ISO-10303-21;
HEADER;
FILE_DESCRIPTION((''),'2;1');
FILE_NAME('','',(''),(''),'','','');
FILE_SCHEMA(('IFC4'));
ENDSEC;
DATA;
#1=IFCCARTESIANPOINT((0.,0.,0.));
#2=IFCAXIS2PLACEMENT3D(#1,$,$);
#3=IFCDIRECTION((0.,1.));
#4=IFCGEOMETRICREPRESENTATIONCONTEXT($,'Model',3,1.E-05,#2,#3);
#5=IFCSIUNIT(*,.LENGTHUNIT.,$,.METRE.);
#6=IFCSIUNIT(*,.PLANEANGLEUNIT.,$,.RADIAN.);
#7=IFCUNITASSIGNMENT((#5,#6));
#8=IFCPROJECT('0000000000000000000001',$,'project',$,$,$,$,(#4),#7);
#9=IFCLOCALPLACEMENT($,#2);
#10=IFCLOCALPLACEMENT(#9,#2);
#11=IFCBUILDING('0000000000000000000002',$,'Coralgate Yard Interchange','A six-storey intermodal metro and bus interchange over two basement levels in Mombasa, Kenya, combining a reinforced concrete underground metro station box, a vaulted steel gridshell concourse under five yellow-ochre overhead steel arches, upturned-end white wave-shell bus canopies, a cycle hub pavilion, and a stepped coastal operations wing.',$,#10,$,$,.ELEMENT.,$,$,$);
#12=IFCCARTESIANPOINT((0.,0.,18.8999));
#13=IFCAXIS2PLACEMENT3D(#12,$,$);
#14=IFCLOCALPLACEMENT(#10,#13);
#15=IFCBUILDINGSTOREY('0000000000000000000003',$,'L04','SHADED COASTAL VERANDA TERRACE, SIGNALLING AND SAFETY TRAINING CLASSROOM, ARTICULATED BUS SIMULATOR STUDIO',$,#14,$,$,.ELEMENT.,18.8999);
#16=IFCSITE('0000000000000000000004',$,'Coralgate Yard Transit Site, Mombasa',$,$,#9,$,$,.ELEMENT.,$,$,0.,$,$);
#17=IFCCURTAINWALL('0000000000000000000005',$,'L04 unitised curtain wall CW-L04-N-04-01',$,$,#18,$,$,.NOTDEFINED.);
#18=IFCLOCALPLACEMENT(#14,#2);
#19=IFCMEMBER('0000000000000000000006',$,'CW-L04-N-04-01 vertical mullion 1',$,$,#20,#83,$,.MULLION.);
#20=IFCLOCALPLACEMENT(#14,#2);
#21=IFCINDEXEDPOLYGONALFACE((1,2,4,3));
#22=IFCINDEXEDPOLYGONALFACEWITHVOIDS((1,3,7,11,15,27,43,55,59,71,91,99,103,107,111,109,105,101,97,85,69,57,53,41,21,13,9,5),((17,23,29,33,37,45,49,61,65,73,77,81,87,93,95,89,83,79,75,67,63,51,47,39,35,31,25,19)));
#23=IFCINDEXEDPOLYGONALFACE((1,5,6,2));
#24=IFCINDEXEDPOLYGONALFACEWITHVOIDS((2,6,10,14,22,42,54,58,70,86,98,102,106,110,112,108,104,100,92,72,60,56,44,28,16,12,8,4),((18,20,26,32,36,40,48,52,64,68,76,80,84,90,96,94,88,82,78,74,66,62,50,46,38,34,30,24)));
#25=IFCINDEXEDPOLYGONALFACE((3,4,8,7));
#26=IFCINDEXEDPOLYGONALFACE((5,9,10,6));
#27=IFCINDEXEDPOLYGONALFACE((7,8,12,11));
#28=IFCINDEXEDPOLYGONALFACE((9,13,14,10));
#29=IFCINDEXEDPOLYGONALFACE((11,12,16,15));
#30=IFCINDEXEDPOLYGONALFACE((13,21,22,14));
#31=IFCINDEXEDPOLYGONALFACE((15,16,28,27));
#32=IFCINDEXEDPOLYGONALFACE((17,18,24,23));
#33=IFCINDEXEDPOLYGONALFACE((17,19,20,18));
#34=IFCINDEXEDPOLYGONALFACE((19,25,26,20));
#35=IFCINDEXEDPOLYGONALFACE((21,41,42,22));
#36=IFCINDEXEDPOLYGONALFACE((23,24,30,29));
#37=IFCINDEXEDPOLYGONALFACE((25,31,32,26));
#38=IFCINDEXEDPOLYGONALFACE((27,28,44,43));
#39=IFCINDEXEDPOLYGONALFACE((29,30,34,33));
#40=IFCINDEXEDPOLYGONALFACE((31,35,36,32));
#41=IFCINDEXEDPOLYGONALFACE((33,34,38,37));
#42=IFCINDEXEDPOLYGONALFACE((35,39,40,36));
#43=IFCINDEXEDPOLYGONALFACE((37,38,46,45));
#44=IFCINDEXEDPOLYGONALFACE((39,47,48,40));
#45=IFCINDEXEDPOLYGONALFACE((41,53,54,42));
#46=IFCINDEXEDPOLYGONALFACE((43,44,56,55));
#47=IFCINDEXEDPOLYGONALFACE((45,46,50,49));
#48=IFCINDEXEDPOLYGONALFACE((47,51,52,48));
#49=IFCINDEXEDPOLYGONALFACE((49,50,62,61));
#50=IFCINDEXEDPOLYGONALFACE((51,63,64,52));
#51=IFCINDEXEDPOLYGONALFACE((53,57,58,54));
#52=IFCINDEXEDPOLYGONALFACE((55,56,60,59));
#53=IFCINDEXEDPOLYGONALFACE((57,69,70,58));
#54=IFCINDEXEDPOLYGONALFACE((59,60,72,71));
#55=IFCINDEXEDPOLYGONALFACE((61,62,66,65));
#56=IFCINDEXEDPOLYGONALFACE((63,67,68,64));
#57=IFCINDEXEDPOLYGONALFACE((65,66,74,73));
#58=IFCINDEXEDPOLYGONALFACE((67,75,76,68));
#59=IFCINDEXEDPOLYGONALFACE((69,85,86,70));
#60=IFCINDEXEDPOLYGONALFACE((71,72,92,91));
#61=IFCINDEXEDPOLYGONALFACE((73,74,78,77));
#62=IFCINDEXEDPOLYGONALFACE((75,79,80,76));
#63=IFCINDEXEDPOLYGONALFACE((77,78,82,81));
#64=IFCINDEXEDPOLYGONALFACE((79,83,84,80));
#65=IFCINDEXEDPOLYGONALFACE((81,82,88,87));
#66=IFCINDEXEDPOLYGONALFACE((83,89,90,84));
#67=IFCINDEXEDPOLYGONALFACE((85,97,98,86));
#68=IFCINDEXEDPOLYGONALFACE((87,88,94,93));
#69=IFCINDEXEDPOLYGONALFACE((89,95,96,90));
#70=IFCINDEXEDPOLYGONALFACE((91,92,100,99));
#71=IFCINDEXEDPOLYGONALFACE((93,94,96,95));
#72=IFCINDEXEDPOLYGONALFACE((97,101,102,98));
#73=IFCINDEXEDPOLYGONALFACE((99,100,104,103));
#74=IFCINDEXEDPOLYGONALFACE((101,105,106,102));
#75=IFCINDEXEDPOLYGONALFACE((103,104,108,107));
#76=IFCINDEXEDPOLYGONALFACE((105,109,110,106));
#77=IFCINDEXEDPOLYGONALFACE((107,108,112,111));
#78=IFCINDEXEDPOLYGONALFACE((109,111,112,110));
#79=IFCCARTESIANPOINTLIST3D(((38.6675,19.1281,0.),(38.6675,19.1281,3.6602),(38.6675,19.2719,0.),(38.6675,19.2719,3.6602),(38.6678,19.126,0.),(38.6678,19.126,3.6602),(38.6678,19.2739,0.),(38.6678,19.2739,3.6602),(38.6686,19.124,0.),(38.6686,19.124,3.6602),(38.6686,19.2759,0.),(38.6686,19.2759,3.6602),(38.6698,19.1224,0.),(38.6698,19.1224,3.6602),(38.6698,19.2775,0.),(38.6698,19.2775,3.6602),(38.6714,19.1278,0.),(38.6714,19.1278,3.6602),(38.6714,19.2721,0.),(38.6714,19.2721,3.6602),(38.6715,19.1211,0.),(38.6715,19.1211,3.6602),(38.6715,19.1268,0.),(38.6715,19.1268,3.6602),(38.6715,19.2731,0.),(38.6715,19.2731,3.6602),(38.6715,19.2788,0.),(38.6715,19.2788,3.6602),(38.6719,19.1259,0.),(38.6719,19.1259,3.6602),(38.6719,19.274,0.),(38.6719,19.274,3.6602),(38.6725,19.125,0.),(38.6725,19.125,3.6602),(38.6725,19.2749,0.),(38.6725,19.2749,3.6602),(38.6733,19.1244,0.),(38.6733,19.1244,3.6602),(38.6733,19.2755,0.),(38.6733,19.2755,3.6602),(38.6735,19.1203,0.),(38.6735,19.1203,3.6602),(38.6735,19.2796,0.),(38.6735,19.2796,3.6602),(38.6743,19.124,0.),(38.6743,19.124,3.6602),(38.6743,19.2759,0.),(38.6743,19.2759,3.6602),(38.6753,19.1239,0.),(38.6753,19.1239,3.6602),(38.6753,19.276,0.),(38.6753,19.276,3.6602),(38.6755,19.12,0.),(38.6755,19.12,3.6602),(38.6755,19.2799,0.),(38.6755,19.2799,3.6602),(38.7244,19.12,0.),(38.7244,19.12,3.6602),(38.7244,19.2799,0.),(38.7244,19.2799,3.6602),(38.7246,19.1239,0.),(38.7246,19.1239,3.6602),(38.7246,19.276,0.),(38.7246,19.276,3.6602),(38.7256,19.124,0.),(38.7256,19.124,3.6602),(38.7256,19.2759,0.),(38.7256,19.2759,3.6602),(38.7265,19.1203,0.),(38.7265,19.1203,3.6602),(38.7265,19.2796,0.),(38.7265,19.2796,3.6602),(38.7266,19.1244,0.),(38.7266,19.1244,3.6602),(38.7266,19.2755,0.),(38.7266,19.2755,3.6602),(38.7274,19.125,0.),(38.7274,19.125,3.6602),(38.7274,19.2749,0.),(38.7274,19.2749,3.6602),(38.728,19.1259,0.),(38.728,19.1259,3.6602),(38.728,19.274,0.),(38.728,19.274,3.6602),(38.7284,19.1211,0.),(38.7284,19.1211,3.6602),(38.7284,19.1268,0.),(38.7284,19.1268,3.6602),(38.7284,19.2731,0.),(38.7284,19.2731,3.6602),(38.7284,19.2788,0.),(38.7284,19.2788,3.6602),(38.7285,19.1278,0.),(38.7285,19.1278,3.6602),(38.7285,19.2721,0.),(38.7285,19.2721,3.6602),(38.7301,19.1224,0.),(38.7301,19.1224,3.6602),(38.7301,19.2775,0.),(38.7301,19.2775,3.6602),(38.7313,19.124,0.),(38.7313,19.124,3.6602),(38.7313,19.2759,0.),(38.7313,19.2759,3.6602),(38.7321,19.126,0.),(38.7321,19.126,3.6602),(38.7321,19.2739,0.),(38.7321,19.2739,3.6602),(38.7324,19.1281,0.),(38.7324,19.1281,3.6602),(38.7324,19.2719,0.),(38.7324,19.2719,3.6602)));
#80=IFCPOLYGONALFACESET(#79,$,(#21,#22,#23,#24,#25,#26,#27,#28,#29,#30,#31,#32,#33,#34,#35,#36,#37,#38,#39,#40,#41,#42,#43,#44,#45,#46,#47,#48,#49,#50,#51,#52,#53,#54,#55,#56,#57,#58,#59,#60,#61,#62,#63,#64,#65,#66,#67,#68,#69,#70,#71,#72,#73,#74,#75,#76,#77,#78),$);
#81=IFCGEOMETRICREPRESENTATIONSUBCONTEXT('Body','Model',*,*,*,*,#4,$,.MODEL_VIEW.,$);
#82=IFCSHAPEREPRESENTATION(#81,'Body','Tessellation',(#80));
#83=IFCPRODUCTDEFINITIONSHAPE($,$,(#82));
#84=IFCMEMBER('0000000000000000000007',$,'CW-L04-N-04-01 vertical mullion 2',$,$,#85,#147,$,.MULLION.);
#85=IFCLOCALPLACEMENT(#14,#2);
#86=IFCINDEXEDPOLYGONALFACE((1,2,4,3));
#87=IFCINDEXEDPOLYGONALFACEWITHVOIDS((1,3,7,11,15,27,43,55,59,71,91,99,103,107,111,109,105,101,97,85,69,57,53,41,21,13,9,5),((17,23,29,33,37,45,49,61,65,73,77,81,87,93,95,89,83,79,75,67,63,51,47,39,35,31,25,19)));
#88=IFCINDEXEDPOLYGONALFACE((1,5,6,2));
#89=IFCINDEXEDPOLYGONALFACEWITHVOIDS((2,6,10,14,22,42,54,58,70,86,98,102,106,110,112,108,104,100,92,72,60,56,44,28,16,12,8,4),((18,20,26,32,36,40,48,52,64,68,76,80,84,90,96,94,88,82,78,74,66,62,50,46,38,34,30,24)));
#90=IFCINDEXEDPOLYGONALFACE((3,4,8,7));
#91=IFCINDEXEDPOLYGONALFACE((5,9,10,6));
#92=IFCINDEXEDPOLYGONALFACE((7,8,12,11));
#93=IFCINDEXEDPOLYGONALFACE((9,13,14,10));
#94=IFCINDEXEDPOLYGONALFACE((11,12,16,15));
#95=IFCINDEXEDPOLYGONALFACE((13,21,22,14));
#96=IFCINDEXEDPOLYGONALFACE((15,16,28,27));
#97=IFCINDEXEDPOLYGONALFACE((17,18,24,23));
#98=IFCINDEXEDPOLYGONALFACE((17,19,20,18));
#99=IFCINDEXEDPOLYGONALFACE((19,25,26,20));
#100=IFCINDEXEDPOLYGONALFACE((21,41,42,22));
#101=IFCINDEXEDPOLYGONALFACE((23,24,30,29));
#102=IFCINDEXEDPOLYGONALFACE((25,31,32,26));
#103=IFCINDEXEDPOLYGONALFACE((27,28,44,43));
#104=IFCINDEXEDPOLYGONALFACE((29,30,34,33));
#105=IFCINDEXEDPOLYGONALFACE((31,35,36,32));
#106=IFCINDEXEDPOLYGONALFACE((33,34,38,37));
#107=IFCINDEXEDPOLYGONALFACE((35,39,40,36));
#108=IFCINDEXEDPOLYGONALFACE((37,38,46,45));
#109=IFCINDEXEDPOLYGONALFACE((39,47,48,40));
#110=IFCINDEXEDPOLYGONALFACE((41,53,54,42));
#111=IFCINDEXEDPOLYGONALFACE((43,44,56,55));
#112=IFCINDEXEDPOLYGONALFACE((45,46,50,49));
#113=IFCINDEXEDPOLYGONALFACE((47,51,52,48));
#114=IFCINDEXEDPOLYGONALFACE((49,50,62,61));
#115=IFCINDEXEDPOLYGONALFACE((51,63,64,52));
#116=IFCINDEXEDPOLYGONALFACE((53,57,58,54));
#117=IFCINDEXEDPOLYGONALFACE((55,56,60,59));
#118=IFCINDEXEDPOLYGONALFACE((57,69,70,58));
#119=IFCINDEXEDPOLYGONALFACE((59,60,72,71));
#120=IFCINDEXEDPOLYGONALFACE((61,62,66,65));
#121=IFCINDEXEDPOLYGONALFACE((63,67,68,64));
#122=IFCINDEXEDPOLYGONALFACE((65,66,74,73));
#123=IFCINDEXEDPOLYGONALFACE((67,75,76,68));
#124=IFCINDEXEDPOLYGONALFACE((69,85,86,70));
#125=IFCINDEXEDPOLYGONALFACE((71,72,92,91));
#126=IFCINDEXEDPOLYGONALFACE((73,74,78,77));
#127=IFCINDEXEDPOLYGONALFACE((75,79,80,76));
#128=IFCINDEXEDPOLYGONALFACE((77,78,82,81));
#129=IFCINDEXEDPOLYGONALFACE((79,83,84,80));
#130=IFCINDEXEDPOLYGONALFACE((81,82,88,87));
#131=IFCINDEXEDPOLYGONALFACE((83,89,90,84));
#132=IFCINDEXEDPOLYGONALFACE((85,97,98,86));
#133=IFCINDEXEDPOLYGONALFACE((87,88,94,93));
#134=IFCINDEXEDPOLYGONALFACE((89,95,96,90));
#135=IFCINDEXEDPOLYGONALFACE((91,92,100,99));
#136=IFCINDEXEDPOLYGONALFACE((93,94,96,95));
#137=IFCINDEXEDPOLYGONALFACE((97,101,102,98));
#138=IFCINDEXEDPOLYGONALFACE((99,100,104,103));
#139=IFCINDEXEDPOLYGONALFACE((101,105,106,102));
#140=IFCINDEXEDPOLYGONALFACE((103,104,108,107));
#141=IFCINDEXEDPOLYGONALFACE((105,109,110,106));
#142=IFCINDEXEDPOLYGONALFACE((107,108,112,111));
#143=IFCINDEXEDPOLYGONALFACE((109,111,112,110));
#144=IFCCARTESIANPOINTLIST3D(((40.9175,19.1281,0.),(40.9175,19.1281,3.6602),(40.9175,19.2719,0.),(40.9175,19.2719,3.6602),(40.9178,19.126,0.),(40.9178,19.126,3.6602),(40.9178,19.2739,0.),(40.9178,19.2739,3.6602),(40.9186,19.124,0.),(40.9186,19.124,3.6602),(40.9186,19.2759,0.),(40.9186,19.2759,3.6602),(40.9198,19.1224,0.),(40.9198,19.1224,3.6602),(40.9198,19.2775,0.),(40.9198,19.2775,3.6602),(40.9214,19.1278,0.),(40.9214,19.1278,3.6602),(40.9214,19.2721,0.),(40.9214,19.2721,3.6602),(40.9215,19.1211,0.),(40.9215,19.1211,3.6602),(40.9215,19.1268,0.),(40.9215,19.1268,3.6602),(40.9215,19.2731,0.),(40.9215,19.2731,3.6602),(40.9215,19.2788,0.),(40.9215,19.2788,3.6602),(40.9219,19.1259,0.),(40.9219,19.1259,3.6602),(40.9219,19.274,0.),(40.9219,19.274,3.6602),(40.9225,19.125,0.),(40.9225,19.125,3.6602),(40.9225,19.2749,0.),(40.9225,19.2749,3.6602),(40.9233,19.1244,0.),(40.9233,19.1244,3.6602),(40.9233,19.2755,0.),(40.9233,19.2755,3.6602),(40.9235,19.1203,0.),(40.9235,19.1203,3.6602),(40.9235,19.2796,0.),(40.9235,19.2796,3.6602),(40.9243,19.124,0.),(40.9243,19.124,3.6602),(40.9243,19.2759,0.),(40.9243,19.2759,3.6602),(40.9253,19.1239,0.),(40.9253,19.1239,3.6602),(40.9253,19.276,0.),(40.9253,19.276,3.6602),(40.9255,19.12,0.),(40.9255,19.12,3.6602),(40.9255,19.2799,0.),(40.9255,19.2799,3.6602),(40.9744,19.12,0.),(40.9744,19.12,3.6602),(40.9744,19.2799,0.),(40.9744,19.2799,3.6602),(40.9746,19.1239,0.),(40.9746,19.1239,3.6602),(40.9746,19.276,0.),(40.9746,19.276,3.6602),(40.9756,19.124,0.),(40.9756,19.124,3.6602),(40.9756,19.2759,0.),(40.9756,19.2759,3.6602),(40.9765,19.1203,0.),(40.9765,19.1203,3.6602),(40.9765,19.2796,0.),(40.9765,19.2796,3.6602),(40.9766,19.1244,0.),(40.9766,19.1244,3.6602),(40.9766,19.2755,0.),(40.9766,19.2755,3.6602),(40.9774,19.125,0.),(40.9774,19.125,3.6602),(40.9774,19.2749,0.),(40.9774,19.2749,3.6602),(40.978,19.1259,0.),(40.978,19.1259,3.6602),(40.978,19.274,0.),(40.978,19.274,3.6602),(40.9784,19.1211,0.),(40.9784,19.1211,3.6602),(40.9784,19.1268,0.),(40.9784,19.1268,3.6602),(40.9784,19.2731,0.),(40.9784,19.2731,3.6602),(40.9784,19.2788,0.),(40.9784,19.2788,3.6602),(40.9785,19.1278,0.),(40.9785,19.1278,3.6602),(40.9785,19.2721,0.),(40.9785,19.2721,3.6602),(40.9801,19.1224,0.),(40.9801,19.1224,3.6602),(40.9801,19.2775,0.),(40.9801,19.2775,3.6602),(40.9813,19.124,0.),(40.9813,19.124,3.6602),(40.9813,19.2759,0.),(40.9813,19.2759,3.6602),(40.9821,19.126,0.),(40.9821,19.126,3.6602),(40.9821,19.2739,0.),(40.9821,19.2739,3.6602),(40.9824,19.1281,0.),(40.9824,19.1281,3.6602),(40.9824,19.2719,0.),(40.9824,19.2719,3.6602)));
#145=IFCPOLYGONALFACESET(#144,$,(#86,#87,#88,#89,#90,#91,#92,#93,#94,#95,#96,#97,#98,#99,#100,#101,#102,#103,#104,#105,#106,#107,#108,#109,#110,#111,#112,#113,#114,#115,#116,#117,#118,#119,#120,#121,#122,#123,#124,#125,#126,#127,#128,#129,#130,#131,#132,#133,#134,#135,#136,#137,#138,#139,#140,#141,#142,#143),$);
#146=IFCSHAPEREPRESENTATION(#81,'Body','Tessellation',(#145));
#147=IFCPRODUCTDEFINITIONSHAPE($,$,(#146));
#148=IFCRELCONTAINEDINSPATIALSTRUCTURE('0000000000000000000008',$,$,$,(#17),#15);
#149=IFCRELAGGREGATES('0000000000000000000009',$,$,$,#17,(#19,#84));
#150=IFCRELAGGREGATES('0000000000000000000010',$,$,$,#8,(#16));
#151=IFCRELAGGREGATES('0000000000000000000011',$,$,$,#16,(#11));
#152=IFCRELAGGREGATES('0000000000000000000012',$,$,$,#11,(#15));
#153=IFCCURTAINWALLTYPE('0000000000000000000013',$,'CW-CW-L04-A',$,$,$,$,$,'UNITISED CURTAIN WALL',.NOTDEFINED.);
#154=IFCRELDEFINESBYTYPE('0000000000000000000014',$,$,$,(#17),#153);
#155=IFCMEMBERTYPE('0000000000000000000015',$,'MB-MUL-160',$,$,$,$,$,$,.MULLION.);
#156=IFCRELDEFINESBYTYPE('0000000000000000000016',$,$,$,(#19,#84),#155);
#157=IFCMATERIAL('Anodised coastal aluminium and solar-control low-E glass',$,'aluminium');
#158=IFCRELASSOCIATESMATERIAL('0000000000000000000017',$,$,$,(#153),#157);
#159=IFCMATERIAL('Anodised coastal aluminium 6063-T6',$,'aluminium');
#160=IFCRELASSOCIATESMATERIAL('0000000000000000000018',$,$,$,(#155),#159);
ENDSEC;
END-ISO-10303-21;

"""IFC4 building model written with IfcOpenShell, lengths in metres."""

from ifc_helpers import new_model, si_unit, direction, frame, origin, origin_2d, place, context, subcontext, project, spatial, hollow_rectangle, extrude, material, material_profile, profile_set, type_object, element, aggregate, save


model = new_model("IFC4")

# Units and contexts
model_context = context("Model", 3, precision=1e-05, world=origin(), true_north=direction((0.0, 1.0)))
body_context = subcontext(model_context, "Body", "Model", "MODEL_VIEW")
ifc_project = project(units=[si_unit("LENGTHUNIT", "METRE"), si_unit("PLANEANGLEUNIT", "RADIAN")], contexts=[model_context])

# Site, building, storey
site_placement = place(None, origin())
site = spatial("IfcSite", under=ifc_project, at=site_placement, Name="Coralgate Yard Transit Site, Mombasa", CompositionType="ELEMENT", RefElevation=0.0)
building_placement = place(site_placement, origin())
building = spatial("IfcBuilding", under=site, at=building_placement, Name="Coralgate Yard Interchange", Description="A six-storey intermodal metro and bus interchange over two basement levels in Mombasa, Kenya, combining a reinforced concrete underground metro station box, a vaulted steel gridshell concourse under five yellow-ochre overhead steel arches, upturned-end white wave-shell bus canopies, a cycle hub pavilion, and a stepped coastal operations wing.", CompositionType="ELEMENT")
storey_placement = place(building_placement, frame((0.0, 0.0, 18.8999)))
storey = spatial("IfcBuildingStorey", under=building, at=storey_placement, Name="L04", Description="SHADED COASTAL VERANDA TERRACE, SIGNALLING AND SAFETY TRAINING CLASSROOM, ARTICULATED BUS SIMULATOR STUDIO", CompositionType="ELEMENT", Elevation=18.8999)

# Curtain wall, members
ifc_material_1 = material(Name="Anodised coastal aluminium and solar-control low-E glass", Category="aluminium")
curtain_wall_type = type_object("IfcCurtainWallType", Name="CW-CW-L04-A", ElementType="UNITISED CURTAIN WALL", PredefinedType="NOTDEFINED", material=ifc_material_1)
curtain_wall_placement = place(storey_placement, origin())
curtain_wall = element("IfcCurtainWall", 1, at=curtain_wall_placement, inside=storey, type_object=curtain_wall_type, Name="L04 unitised curtain wall CW-L04-N-04-01", PredefinedType="NOTDEFINED")
ifc_material_2 = material(Name="Anodised coastal aluminium 6063-T6", Category="aluminium")
ifc_material_profile_1 = material_profile(ifc_material_2, hollow_rectangle(XDim=0.0649, YDim=0.1599, WallThickness=0.0039, InnerFilletRadius=0.0039, OuterFilletRadius=0.0081, at=origin_2d()), Name="ALU 65x160x4")
ifc_profile_set_1 = profile_set([ifc_material_profile_1], Name="Anodised coastal aluminium 6063-T6")
member_type_1 = type_object("IfcMemberType", Name="MB-MUL-160", PredefinedType="MULLION", material=ifc_profile_set_1)
member_1_placement = place(storey_placement, frame((38.7, 19.2, 0.0), z_axis=(0.0, 0.0, 1.0), x_axis=(1.0, 0.0, 0.0)))
member_1 = element("IfcMember", 2, at=member_1_placement, type_object=member_type_1, Name="CW-L04-N-04-01 vertical mullion 1", PredefinedType="MULLION", context=body_context, shape_type="SweptSolid", body=[
    extrude(hollow_rectangle(XDim=0.0649, YDim=0.1599, WallThickness=0.0039, InnerFilletRadius=0.0039, OuterFilletRadius=0.0081, at=origin_2d()), origin(), (0.0, 0.0, 1.0), 3.6602),
])
member_2_placement = place(storey_placement, frame((40.95, 19.2, 0.0), z_axis=(0.0, 0.0, 1.0), x_axis=(1.0, 0.0, 0.0)))
member_2 = element("IfcMember", 3, at=member_2_placement, type_object=member_type_1, Name="CW-L04-N-04-01 vertical mullion 2", PredefinedType="MULLION", context=body_context, shape_type="SweptSolid", body=[
    extrude(hollow_rectangle(XDim=0.0649, YDim=0.1599, WallThickness=0.0039, InnerFilletRadius=0.0039, OuterFilletRadius=0.0081, at=origin_2d()), origin(), (0.0, 0.0, 1.0), 3.6602),
])
aggregate(curtain_wall, [member_1, member_2])

save(model, "model.ifc")
